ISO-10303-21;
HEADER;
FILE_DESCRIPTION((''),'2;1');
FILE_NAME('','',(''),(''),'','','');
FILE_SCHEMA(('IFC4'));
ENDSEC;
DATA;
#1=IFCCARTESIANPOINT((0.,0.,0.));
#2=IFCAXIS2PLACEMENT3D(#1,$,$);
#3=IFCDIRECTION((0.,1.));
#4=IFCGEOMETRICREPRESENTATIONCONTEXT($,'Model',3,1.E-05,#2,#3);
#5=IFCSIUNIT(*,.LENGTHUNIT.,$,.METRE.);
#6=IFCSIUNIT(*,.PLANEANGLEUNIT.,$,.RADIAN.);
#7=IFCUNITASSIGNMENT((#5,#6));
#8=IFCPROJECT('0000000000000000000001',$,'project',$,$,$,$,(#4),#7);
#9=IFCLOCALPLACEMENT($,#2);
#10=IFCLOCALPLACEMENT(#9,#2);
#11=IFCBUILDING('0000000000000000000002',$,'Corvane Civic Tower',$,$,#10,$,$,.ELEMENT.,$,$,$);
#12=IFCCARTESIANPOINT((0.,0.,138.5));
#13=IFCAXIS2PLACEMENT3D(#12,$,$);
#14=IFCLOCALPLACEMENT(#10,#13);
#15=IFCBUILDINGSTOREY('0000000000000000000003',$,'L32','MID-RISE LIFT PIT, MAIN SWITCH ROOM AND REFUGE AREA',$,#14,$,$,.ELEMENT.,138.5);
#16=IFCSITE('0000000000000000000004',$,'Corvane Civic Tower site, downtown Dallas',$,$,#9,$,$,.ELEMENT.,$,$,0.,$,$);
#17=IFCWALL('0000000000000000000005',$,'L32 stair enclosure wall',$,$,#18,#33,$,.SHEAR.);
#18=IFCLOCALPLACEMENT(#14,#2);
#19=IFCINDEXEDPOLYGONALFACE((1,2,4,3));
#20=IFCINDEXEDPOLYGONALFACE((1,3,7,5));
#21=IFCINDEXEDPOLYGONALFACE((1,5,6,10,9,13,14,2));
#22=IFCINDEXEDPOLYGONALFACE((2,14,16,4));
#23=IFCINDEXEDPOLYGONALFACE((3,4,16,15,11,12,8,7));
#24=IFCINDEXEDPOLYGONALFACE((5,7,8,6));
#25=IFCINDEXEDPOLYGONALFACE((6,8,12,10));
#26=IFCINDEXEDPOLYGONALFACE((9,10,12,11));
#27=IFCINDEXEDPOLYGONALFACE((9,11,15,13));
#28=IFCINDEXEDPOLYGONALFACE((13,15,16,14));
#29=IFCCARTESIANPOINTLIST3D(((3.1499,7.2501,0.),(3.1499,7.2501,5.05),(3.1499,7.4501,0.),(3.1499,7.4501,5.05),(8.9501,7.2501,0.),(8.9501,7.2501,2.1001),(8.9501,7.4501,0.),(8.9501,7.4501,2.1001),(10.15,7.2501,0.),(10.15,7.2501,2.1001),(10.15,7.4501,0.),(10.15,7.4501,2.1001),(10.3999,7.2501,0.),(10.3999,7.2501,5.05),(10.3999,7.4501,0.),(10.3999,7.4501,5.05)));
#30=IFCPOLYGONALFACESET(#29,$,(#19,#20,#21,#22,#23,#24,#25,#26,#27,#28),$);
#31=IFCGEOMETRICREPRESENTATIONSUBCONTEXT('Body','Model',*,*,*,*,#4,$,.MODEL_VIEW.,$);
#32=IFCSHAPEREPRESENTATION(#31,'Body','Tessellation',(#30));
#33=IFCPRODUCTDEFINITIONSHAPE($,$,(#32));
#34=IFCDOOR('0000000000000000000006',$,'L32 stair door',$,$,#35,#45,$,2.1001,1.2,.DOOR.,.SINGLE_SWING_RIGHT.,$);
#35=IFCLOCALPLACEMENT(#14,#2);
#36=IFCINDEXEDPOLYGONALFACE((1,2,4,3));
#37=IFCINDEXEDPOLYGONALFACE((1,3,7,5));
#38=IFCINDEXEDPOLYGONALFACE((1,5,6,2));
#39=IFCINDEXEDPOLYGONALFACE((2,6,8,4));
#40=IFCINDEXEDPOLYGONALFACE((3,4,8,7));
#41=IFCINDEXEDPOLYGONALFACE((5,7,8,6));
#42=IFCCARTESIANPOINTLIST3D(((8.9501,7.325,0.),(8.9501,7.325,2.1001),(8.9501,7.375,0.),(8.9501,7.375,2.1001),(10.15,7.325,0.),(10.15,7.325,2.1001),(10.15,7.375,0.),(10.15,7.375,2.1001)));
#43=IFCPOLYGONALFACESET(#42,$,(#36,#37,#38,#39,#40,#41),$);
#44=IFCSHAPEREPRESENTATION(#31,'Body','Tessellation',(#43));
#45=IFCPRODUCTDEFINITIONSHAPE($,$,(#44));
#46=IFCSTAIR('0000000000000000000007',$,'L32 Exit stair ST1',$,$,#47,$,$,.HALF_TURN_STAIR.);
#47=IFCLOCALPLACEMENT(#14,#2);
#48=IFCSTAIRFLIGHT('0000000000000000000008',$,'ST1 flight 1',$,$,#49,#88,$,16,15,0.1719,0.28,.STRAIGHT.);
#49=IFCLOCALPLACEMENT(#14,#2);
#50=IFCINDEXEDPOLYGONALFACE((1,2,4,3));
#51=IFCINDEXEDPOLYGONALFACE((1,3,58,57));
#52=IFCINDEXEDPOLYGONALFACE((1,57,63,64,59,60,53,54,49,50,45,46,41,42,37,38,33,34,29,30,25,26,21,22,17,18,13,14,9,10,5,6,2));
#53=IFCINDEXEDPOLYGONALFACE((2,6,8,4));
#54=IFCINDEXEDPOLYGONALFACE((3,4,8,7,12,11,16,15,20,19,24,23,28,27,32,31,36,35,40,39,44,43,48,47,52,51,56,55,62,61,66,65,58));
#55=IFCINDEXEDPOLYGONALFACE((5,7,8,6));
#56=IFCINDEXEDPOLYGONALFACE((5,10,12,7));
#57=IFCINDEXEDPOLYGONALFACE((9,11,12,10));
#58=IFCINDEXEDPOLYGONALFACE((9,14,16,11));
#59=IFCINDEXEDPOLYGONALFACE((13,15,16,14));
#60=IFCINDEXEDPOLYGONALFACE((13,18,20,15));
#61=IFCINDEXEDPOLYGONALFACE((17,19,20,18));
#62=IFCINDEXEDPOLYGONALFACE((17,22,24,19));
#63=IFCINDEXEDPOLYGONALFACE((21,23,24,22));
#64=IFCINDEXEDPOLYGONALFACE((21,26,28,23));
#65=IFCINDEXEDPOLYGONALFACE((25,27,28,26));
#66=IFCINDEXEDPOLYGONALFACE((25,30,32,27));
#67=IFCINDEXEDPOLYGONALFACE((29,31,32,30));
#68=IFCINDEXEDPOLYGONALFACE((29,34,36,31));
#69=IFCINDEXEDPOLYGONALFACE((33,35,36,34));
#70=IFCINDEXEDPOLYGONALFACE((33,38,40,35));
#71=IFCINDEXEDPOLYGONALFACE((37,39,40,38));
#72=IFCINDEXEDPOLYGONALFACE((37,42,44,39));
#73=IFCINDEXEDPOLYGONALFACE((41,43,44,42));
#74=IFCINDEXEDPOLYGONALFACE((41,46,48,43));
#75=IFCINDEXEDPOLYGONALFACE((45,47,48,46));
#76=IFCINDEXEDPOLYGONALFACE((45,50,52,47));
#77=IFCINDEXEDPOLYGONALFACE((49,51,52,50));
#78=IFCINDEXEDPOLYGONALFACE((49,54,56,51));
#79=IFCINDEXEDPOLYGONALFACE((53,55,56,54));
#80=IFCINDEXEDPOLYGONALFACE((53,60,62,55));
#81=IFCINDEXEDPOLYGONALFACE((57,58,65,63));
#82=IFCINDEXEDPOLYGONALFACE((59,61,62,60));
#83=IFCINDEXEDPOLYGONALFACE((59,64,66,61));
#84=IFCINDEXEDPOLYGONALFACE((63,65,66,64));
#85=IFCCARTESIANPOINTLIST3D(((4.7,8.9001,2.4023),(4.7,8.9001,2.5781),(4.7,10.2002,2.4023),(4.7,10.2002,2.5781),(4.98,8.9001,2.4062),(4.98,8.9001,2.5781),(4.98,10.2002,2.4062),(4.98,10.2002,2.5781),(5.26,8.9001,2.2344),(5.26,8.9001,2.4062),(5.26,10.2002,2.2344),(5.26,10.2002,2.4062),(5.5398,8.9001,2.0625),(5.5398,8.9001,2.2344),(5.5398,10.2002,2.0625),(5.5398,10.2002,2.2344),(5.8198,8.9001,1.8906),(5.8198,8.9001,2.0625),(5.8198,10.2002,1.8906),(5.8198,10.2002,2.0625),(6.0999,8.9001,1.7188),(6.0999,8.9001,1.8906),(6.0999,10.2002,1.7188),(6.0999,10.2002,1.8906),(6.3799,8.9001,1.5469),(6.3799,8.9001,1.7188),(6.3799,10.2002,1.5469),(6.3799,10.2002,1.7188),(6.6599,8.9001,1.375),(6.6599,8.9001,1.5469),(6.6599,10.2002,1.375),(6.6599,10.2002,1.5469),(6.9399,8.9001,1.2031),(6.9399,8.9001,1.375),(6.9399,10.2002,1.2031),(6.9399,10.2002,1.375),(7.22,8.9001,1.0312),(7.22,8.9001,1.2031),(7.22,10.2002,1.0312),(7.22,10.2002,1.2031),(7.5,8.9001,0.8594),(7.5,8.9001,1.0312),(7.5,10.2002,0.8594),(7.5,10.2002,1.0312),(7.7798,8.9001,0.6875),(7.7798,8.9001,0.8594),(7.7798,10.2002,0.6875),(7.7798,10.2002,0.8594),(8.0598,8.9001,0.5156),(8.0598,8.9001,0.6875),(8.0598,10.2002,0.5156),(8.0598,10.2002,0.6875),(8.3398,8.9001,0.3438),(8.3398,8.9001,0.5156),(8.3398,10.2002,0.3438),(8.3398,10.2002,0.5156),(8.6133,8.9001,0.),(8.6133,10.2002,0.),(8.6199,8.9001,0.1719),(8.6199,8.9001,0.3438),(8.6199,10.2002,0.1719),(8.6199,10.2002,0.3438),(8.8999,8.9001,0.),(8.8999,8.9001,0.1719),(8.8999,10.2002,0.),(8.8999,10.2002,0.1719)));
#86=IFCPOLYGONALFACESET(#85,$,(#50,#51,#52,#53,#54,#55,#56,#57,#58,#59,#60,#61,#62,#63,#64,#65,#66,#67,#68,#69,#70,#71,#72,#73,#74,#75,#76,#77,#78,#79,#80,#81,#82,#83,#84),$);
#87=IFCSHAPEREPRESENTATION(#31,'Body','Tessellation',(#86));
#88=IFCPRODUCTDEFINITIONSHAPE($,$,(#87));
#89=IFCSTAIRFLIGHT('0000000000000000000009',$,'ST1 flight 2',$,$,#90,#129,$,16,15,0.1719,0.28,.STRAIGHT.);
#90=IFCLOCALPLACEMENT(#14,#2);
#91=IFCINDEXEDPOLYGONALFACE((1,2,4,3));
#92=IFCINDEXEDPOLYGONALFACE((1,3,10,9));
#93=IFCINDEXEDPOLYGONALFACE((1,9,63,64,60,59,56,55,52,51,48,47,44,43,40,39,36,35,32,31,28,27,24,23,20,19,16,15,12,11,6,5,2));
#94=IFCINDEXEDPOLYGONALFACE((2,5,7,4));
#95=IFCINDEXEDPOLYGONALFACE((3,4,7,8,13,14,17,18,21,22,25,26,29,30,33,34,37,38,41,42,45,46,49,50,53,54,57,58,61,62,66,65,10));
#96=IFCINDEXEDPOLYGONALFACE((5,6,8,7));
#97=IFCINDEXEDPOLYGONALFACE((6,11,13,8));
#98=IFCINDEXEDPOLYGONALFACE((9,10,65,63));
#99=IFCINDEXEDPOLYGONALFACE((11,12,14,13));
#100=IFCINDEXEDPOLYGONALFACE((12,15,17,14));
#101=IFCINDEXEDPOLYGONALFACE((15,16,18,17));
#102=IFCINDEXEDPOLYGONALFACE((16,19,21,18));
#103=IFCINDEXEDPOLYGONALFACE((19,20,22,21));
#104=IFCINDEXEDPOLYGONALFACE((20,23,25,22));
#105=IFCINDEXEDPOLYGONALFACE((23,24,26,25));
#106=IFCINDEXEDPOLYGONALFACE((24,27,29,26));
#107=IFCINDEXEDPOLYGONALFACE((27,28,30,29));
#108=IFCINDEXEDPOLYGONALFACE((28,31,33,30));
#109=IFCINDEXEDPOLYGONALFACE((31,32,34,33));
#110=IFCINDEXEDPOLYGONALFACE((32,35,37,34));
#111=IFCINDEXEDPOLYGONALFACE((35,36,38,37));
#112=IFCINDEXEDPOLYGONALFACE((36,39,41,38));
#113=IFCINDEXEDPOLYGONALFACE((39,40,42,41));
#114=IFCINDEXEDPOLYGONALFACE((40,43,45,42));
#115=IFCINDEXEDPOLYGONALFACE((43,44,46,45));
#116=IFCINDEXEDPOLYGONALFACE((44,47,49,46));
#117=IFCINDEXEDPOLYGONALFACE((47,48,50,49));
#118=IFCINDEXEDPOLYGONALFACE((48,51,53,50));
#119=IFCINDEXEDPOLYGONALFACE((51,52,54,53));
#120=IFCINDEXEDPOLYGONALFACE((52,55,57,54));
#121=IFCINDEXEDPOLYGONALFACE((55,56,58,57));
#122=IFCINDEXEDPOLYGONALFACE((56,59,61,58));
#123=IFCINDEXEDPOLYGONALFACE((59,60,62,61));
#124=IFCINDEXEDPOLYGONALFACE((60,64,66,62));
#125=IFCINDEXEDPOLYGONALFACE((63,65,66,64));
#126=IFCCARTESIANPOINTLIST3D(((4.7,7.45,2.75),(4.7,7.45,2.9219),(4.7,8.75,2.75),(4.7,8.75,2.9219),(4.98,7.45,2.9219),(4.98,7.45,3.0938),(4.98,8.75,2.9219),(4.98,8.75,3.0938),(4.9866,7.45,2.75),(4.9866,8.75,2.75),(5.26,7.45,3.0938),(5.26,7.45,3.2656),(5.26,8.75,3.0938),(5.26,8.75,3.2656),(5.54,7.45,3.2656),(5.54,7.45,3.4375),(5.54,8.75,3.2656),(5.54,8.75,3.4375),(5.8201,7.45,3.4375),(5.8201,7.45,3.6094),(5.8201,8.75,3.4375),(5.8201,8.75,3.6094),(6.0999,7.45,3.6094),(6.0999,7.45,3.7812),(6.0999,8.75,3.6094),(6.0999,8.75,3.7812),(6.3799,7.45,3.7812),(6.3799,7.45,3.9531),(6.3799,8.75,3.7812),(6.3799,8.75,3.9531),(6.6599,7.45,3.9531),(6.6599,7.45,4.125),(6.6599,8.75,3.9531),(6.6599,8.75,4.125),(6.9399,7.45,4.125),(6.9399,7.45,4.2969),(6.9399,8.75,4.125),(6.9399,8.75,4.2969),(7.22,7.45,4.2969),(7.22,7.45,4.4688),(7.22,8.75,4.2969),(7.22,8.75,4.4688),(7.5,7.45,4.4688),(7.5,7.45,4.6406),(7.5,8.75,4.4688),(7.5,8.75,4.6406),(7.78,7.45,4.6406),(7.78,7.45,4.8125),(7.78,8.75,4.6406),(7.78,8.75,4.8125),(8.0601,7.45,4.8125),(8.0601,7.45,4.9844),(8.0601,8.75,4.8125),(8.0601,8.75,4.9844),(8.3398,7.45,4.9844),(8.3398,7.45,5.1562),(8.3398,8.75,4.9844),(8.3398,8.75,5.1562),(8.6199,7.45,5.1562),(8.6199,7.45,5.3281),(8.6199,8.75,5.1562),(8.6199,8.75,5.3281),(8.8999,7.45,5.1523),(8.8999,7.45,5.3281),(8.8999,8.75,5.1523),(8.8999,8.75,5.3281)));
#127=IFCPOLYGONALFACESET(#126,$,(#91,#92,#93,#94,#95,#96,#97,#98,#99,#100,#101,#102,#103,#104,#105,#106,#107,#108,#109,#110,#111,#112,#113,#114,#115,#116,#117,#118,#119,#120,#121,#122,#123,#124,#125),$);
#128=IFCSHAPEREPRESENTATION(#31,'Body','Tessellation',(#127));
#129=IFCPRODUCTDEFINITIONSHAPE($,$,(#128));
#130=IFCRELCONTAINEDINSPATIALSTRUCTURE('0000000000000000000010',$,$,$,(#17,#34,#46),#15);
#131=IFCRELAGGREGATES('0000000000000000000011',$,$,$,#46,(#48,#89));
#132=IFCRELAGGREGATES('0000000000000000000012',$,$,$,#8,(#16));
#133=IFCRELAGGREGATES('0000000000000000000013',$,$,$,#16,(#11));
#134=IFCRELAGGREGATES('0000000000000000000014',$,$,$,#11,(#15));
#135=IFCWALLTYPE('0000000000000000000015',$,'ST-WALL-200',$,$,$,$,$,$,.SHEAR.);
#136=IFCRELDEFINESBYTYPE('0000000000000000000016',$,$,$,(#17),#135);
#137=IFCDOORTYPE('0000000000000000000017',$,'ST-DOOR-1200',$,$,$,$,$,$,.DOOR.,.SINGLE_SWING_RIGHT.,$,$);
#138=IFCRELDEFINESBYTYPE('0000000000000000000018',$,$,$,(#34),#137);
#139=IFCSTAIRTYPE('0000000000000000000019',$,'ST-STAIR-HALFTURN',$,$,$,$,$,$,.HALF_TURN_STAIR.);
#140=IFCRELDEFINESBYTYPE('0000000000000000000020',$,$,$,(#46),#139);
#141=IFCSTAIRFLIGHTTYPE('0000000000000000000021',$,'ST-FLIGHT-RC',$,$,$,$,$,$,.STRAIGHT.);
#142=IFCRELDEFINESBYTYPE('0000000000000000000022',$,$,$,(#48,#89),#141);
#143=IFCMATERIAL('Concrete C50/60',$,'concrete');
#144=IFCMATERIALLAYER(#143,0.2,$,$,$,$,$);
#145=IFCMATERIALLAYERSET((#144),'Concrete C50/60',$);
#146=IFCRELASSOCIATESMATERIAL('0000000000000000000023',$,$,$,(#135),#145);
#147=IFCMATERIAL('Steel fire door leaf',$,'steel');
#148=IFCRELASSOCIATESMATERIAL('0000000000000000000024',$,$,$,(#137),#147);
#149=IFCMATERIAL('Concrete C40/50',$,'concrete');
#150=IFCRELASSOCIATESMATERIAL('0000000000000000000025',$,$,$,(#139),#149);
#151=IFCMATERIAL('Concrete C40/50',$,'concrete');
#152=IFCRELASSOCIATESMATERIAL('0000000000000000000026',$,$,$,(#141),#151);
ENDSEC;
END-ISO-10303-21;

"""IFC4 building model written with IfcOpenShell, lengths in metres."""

from ifc_helpers import new_model, si_unit, direction, frame, frame_2d, origin, place, context, subcontext, project, spatial, polyline, rectangle, outline, extrude, material, layer, layer_set, type_object, element, fill, aggregate, save


model = new_model("IFC4")

# Units and contexts
model_context = context("Model", 3, precision=1e-05, world=origin(), true_north=direction((0.0, 1.0)))
body_context = subcontext(model_context, "Body", "Model", "MODEL_VIEW")
ifc_project = project(units=[si_unit("LENGTHUNIT", "METRE"), si_unit("PLANEANGLEUNIT", "RADIAN")], contexts=[model_context])

# Site, building, storey
site_placement = place(None, origin())
site = spatial("IfcSite", under=ifc_project, at=site_placement, Name="Corvane Civic Tower site, downtown Dallas", CompositionType="ELEMENT", RefElevation=0.0)
building_placement = place(site_placement, origin())
building = spatial("IfcBuilding", under=site, at=building_placement, Name="Corvane Civic Tower", CompositionType="ELEMENT")
storey_placement = place(building_placement, frame((0.0, 0.0, 138.5)))
storey = spatial("IfcBuildingStorey", under=building, at=storey_placement, Name="L32", Description="MID-RISE LIFT PIT, MAIN SWITCH ROOM AND REFUGE AREA", CompositionType="ELEMENT", Elevation=138.5)

# Wall, opening, door
ifc_material_1 = material(Name="Concrete C50/60", Category="concrete")
ifc_layer_1 = layer(ifc_material_1, 0.2)
ifc_layer_set_1 = layer_set([ifc_layer_1], Name="Concrete C50/60")
wall_type_1 = type_object("IfcWallType", Name="ST-WALL-200", PredefinedType="SHEAR", material=ifc_layer_set_1)
wall_1_placement = place(storey_placement, frame((3.1499, 7.3501, 0.0), z_axis=(0.0, 0.0, 1.0), x_axis=(1.0, 0.0, 0.0)))
wall_1 = element("IfcWall", 1, at=wall_1_placement, inside=storey, type_object=wall_type_1, Name="L32 stair enclosure wall", PredefinedType="SHEAR", context=body_context, shape_type="SweptSolid", body=[
    extrude(rectangle(XDim=7.25, YDim=0.2, at=frame_2d((3.625, 0.0))), origin(), (0.0, 0.0, 1.0), 5.05),
])
opening_1_placement = place(wall_1_placement, frame((5.8, 0.0, 0.0)))
opening_1 = element("IfcOpeningElement", 2, at=opening_1_placement, cuts=wall_1, PredefinedType="OPENING", context=body_context, shape_type="SweptSolid", body=[
    extrude(rectangle(XDim=1.2, YDim=2.1001, at=frame_2d((0.6001, 1.05))), frame((0.0, 0.1099, 0.0), z_axis=(0.0, -1.0, 0.0), x_axis=(1.0, 0.0, 0.0)), (0.0, 0.0, 1.0), 0.22),
])
ifc_material_2 = material(Name="Steel fire door leaf", Category="steel")
door_type_1 = type_object("IfcDoorType", Name="ST-DOOR-1200", OperationType="SINGLE_SWING_RIGHT", PredefinedType="DOOR", material=ifc_material_2)
door_1_placement = place(opening_1_placement, origin())
door_1 = element("IfcDoor", 3, at=door_1_placement, inside=storey, type_object=door_type_1, Name="L32 stair door", OperationType="SINGLE_SWING_RIGHT", OverallHeight=2.1001, OverallWidth=1.2, PredefinedType="DOOR", context=body_context, shape_type="SweptSolid", body=[
    extrude(rectangle(XDim=1.2, YDim=2.1001, at=frame_2d((0.6001, 1.05))), frame((0.0, 0.0249, 0.0), z_axis=(0.0, -1.0, 0.0), x_axis=(1.0, 0.0, 0.0)), (0.0, 0.0, 1.0), 0.05),
])
fill(opening_1, door_1)

# Stair, stair flights
ifc_material_3 = material(Name="Concrete C40/50", Category="concrete")
stair_type = type_object("IfcStairType", Name="ST-STAIR-HALFTURN", PredefinedType="HALF_TURN_STAIR", material=ifc_material_3)
stair_placement = place(storey_placement, origin())
stair = element("IfcStair", 4, at=stair_placement, inside=storey, type_object=stair_type, Name="L32 Exit stair ST1", PredefinedType="HALF_TURN_STAIR")
ifc_material_4 = material(Name="Concrete C40/50", Category="concrete")
stair_flight_type = type_object("IfcStairFlightType", Name="ST-FLIGHT-RC", PredefinedType="STRAIGHT", material=ifc_material_4)
stair_flight_1_placement = place(storey_placement, frame((8.8999, 9.55, 0.0), z_axis=(0.0, 0.0, 1.0), x_axis=(-1.0, 0.0, 0.0)))
stair_flight_1 = element("IfcStairFlight", 5, at=stair_flight_1_placement, type_object=stair_flight_type, Name="ST1 flight 1", NumberOfRisers=16, NumberOfTreads=15, PredefinedType="STRAIGHT", RiserHeight=0.1719, TreadLength=0.28, context=body_context, shape_type="SweptSolid", body=[
    extrude(outline(polyline([(0.0, 0.0), (0.0, 0.1719), (0.28, 0.1719), (0.28, 0.3438), (0.5601, 0.3438), (0.5601, 0.5156), (0.8401, 0.5156), (0.8401, 0.6875), (1.1201, 0.6875), (1.1201, 0.8594), (1.3999, 0.8594), (1.3999, 1.0312), (1.6799, 1.0312), (1.6799, 1.2031), (1.96, 1.2031), (1.96, 1.375), (2.24, 1.375), (2.24, 1.5469), (2.52, 1.5469), (2.52, 1.7188), (2.8, 1.7188), (2.8, 1.8906), (3.0801, 1.8906), (3.0801, 2.0625), (3.3601, 2.0625), (3.3601, 2.2344), (3.6399, 2.2344), (3.6399, 2.4062), (3.9199, 2.4062), (3.9199, 2.5781), (4.2, 2.5781), (4.2, 2.75), (4.2, 2.4023), (0.2866, 0.0), (0.0, 0.0)])), frame((0.0, 0.6499, 0.0), z_axis=(0.0, -1.0, 0.0), x_axis=(1.0, 0.0, 0.0)), (0.0, 0.0, 1.0), 1.3),
])
stair_flight_2_placement = place(storey_placement, frame((4.7, 8.1001, 2.75), z_axis=(0.0, 0.0, 1.0), x_axis=(1.0, 0.0, 0.0)))
stair_flight_2 = element("IfcStairFlight", 6, at=stair_flight_2_placement, type_object=stair_flight_type, Name="ST1 flight 2", NumberOfRisers=16, NumberOfTreads=15, PredefinedType="STRAIGHT", RiserHeight=0.1719, TreadLength=0.28, context=body_context, shape_type="SweptSolid", body=[
    extrude(outline(polyline([(0.0, 0.0), (0.0, 0.1719), (0.28, 0.1719), (0.28, 0.3438), (0.5601, 0.3438), (0.5601, 0.5156), (0.8401, 0.5156), (0.8401, 0.6875), (1.1201, 0.6875), (1.1201, 0.8594), (1.3999, 0.8594), (1.3999, 1.0312), (1.6799, 1.0312), (1.6799, 1.2031), (1.96, 1.2031), (1.96, 1.375), (2.24, 1.375), (2.24, 1.5469), (2.52, 1.5469), (2.52, 1.7188), (2.8, 1.7188), (2.8, 1.8906), (3.0801, 1.8906), (3.0801, 2.0625), (3.3601, 2.0625), (3.3601, 2.2344), (3.6399, 2.2344), (3.6399, 2.4062), (3.9199, 2.4062), (3.9199, 2.5781), (4.2, 2.5781), (4.2, 2.75), (4.2, 2.4023), (0.2866, 0.0), (0.0, 0.0)])), frame((0.0, 0.6499, 0.0), z_axis=(0.0, -1.0, 0.0), x_axis=(1.0, 0.0, 0.0)), (0.0, 0.0, 1.0), 1.3),
])
aggregate(stair, [stair_flight_1, stair_flight_2])

save(model, "model.ifc")
